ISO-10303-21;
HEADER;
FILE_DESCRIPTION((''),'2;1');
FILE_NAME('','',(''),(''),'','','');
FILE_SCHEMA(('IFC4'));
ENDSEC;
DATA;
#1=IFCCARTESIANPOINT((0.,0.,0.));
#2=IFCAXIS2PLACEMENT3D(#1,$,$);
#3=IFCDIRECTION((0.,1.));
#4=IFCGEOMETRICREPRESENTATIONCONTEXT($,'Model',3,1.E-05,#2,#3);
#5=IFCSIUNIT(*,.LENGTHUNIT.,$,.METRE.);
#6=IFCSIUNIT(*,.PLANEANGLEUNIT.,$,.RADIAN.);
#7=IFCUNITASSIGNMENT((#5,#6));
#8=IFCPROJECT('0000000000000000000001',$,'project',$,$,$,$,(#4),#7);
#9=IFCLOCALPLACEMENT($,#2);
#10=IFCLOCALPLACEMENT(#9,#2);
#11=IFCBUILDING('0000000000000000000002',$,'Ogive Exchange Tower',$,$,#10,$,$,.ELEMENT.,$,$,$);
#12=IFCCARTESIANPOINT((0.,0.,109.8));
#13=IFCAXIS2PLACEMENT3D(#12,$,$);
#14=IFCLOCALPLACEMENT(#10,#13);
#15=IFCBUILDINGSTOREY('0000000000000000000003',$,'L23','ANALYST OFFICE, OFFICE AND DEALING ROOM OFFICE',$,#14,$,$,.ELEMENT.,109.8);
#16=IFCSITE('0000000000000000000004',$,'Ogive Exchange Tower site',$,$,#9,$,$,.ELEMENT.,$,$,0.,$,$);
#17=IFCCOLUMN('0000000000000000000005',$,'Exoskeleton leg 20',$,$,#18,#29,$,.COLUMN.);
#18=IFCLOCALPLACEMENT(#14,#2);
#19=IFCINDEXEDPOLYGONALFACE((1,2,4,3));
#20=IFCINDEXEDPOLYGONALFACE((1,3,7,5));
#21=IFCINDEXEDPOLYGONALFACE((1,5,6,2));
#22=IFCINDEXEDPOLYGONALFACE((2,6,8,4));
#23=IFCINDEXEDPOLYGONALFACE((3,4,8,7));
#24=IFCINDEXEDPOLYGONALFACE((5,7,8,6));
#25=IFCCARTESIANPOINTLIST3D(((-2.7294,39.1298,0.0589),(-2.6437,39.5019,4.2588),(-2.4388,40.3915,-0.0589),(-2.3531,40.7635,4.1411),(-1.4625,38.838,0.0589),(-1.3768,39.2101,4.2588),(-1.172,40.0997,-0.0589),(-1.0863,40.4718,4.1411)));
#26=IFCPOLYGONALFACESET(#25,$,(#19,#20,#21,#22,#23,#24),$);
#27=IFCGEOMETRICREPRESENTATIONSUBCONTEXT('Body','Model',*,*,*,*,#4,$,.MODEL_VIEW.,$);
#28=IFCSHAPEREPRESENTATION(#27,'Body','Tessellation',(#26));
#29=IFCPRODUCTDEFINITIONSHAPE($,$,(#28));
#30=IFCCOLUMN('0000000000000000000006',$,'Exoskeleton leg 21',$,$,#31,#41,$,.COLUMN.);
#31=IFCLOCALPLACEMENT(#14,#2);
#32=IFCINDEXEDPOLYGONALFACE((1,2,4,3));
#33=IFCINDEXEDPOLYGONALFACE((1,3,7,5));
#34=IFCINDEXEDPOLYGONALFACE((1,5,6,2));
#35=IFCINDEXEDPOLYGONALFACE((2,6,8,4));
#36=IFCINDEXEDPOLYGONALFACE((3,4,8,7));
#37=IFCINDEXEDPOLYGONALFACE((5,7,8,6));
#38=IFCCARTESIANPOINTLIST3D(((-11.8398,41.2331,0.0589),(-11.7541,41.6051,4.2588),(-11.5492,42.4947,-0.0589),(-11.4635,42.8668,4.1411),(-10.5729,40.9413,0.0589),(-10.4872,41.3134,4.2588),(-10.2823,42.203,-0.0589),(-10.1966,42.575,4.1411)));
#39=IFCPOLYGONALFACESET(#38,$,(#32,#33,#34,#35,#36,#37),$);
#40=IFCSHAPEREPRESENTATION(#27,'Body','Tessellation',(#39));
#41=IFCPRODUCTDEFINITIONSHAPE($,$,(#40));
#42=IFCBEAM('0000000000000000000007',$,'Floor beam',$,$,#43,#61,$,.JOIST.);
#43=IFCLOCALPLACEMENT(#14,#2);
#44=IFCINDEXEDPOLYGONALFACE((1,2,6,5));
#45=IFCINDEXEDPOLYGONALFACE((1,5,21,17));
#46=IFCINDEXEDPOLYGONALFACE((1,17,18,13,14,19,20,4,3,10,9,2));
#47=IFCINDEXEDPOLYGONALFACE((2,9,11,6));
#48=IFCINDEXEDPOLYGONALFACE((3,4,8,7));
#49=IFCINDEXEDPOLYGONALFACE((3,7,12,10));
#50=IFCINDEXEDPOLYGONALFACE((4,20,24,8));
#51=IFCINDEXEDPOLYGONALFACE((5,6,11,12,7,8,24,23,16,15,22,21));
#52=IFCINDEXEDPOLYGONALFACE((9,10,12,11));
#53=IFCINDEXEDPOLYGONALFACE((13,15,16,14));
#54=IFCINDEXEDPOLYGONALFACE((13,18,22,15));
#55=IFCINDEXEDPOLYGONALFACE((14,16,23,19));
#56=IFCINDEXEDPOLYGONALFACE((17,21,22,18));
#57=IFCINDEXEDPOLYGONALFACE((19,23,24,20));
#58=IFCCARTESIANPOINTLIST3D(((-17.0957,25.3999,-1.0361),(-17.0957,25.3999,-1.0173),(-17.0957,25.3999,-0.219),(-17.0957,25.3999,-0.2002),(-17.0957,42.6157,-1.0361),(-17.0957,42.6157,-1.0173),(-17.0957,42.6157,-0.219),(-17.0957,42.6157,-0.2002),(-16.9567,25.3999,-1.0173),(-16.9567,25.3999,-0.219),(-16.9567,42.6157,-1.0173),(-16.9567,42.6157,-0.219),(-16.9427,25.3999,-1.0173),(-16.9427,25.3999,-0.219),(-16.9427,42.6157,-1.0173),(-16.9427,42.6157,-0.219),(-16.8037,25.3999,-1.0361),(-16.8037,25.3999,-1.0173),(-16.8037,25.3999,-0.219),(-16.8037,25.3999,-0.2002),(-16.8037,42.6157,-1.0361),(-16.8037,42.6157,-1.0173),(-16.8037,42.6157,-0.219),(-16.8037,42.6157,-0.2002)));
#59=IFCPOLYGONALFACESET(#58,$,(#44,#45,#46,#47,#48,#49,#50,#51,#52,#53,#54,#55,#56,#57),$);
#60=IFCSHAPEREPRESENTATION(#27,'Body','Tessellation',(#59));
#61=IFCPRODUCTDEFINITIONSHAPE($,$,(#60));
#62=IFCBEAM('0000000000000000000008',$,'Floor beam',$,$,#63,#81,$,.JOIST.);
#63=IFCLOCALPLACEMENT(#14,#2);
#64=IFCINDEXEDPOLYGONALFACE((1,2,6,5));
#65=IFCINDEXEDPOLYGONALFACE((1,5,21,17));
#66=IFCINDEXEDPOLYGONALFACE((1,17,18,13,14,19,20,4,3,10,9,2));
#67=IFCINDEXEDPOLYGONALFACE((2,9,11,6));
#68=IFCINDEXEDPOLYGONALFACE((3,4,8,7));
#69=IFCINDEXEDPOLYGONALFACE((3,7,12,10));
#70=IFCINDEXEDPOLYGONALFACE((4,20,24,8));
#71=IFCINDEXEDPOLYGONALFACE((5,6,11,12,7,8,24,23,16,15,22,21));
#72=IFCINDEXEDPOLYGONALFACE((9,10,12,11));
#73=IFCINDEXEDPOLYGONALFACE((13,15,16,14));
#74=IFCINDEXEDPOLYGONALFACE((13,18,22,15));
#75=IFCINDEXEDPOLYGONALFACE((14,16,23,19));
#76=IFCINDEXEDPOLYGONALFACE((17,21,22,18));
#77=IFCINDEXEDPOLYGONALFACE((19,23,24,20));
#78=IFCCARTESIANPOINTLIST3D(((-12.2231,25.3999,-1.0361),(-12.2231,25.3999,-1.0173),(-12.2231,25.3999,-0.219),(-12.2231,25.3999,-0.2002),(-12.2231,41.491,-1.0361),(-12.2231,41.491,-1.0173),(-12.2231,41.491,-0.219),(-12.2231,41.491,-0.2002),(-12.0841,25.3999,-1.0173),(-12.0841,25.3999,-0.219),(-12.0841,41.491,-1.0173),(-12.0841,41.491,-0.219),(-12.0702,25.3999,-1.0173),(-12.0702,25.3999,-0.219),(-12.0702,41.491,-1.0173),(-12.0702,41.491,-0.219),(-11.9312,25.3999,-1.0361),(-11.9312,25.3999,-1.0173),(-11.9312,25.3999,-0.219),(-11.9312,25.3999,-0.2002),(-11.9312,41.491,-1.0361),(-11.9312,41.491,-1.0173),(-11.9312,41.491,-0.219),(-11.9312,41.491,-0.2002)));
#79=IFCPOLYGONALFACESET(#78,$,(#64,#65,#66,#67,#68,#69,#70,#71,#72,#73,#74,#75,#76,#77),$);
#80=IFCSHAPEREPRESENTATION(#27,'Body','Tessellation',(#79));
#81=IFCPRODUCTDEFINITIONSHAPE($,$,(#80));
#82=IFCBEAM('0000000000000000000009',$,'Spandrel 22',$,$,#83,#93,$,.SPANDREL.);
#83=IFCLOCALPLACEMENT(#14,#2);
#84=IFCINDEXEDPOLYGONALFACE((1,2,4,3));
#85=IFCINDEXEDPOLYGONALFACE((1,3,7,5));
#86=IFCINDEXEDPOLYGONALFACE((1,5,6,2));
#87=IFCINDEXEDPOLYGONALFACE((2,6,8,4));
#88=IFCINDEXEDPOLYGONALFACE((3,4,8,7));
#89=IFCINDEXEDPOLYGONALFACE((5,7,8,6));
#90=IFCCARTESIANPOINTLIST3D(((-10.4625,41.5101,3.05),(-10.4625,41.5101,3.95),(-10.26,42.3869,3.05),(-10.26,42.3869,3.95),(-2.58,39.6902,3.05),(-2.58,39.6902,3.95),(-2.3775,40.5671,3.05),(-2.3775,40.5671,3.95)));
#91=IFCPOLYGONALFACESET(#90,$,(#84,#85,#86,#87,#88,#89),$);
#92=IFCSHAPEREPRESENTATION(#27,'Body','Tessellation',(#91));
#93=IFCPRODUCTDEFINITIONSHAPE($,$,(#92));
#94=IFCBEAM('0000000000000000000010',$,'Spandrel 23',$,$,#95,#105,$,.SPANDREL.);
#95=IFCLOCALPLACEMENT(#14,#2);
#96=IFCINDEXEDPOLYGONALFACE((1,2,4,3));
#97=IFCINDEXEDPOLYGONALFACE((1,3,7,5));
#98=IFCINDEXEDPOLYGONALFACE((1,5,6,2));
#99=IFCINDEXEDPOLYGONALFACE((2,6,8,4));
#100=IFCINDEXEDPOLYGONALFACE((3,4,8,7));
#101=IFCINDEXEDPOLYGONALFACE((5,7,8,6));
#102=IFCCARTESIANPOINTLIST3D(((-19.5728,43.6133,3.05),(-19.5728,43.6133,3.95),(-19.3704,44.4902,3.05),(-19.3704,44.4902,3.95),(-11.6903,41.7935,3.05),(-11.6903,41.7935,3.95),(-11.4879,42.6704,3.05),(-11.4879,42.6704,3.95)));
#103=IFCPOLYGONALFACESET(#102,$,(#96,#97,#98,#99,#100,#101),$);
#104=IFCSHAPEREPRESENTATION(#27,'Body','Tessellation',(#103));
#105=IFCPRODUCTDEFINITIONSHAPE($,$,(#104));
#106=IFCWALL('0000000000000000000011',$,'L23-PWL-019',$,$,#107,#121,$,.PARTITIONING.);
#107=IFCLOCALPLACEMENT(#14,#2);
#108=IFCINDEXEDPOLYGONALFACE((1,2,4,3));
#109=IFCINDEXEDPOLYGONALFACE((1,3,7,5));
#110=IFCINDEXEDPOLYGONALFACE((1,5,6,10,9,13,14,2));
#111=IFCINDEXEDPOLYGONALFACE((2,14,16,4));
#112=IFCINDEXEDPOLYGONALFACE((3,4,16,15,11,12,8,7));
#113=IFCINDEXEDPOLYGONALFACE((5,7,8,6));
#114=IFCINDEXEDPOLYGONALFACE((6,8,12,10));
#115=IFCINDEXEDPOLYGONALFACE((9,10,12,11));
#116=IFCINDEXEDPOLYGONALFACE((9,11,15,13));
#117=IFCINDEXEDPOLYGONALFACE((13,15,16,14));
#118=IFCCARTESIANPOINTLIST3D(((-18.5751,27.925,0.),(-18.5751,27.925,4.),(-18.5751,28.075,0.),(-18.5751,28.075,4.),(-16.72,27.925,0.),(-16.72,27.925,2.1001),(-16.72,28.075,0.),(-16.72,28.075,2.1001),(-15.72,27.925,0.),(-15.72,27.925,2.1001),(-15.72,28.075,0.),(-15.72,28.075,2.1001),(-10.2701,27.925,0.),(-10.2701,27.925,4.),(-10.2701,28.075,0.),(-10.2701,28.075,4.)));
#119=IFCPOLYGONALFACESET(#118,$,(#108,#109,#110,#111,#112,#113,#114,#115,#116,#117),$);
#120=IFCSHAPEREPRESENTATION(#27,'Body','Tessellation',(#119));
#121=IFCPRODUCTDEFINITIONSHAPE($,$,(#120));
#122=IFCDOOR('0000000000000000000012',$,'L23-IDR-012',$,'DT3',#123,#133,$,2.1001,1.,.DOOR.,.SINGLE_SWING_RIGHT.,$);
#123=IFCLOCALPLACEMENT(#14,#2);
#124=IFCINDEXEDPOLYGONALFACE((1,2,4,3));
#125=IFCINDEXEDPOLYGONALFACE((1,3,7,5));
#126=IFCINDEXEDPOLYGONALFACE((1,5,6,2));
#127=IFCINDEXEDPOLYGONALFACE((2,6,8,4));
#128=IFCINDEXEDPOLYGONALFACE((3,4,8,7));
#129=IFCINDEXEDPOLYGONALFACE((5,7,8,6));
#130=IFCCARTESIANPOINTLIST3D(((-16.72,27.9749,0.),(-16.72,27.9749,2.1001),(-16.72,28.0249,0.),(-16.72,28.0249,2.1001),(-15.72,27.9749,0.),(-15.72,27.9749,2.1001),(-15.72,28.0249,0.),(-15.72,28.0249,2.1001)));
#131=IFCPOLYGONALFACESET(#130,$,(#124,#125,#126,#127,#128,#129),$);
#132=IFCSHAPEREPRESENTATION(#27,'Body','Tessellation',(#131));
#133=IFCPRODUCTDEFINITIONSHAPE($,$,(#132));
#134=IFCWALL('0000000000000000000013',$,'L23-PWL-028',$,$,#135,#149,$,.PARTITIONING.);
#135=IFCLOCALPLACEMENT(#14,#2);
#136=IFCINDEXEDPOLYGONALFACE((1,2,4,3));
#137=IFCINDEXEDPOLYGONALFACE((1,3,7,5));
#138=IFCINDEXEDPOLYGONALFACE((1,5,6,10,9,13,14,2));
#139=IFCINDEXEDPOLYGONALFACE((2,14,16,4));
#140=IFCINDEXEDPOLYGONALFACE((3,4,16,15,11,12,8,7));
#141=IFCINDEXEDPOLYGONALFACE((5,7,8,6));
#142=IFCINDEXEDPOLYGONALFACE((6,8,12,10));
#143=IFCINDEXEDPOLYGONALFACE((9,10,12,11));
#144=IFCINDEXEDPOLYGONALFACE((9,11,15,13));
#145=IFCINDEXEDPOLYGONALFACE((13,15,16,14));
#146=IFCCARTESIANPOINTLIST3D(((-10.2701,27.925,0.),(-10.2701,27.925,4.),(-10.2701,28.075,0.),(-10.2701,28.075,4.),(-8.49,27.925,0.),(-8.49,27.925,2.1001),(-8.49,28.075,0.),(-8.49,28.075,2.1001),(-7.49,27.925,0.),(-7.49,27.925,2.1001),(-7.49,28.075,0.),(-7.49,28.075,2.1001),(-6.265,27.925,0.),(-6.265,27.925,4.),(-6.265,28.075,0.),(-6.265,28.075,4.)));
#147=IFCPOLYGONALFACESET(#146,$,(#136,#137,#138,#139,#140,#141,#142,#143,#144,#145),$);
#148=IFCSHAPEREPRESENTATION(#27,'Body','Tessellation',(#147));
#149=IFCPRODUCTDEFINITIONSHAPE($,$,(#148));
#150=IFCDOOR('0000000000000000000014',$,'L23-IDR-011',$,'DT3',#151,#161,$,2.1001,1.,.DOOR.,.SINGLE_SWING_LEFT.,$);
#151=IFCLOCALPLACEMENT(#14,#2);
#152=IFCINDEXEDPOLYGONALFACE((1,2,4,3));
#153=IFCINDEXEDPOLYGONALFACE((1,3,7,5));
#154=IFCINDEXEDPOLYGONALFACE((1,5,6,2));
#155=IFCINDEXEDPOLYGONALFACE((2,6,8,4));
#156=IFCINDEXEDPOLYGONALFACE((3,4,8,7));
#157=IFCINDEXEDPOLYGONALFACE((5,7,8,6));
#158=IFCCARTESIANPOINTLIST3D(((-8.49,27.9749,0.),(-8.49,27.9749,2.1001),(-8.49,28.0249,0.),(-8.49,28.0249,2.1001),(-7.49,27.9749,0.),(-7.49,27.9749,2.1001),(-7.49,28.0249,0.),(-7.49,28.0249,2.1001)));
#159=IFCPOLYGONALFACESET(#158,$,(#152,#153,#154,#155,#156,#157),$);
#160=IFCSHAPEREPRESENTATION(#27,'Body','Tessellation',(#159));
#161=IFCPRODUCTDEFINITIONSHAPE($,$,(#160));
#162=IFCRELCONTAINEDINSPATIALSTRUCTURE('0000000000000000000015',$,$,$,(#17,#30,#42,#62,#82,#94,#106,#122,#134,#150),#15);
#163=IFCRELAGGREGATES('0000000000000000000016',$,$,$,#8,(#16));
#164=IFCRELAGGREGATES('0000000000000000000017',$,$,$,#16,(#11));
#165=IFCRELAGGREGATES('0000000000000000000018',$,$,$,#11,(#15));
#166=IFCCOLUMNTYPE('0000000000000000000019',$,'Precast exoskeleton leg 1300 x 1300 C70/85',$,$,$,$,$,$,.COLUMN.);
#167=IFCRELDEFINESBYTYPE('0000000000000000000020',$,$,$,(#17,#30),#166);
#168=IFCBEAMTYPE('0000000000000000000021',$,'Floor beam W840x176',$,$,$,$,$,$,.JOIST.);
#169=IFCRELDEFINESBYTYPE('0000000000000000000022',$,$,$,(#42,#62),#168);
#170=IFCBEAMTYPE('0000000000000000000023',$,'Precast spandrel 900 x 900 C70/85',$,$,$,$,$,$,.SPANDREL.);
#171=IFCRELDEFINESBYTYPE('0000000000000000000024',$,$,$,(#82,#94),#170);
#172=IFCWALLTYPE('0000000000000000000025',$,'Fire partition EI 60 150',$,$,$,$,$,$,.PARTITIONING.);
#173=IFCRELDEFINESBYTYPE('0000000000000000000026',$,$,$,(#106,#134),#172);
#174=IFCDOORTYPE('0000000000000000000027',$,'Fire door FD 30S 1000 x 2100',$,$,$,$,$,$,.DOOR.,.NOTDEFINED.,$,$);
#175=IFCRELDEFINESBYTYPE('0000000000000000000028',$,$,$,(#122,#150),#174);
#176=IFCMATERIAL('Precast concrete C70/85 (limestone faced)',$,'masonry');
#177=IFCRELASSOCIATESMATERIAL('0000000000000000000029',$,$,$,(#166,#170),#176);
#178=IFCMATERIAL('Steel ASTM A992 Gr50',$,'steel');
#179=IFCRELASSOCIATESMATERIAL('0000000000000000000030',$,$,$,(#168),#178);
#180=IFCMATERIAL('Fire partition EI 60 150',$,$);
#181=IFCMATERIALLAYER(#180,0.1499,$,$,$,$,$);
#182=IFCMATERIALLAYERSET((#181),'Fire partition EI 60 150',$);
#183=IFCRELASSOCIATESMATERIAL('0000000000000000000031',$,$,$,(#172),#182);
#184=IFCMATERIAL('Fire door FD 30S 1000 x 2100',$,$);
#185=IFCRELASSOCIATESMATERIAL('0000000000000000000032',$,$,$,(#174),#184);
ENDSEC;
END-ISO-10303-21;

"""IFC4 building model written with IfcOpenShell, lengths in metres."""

from ifc_helpers import new_model, si_unit, direction, frame, frame_2d, origin, origin_2d, place, context, subcontext, project, spatial, rectangle, i_section, extrude, material, layer, layer_set, material_profile, profile_set, type_object, element, fill, save


model = new_model("IFC4")

# Units and contexts
model_context = context("Model", 3, precision=1e-05, world=origin(), true_north=direction((0.0, 1.0)))
body_context = subcontext(model_context, "Body", "Model", "MODEL_VIEW")
ifc_project = project(units=[si_unit("LENGTHUNIT", "METRE"), si_unit("PLANEANGLEUNIT", "RADIAN")], contexts=[model_context])

# Site, building, storey
site_placement = place(None, origin())
site = spatial("IfcSite", under=ifc_project, at=site_placement, Name="Ogive Exchange Tower site", CompositionType="ELEMENT", RefElevation=0.0)
building_placement = place(site_placement, origin())
building = spatial("IfcBuilding", under=site, at=building_placement, Name="Ogive Exchange Tower", CompositionType="ELEMENT")
storey_placement = place(building_placement, frame((0.0, 0.0, 109.8)))
storey = spatial("IfcBuildingStorey", under=building, at=storey_placement, Name="L23", Description="ANALYST OFFICE, OFFICE AND DEALING ROOM OFFICE", CompositionType="ELEMENT", Elevation=109.8)

# Columns
ifc_material_1 = material(Name="Precast concrete C70/85 (limestone faced)", Category="masonry")
ifc_material_profile_1 = material_profile(ifc_material_1, rectangle(XDim=1.3, YDim=1.3, at=origin_2d()), Name="1300 x 1300")
ifc_profile_set_1 = profile_set([ifc_material_profile_1], Name="Precast concrete C70/85 (limestone faced)")
column_type = type_object("IfcColumnType", Name="Precast exoskeleton leg 1300 x 1300 C70/85", PredefinedType="COLUMN", material=ifc_profile_set_1)
for number, where, z_axis, x_axis, name in (
    (1, (-1.9507, 39.6147, 0.0), (0.02032, 0.088225, 0.995893), (-0.974488, 0.224439, 0.0), "Exoskeleton leg 20"),
    (2, (-11.061, 41.718, 0.0), (0.02032, 0.088225, 0.995893), (-0.974488, 0.224439, 0.0), "Exoskeleton leg 21"),
):
    element("IfcColumn", number, at=place(storey_placement, frame(where, z_axis=z_axis, x_axis=x_axis)), inside=storey, type_object=column_type, Name=name, PredefinedType="COLUMN", context=body_context, shape_type="SweptSolid", body=[
        extrude(rectangle(XDim=1.3, YDim=1.3, at=origin_2d()), origin(), (0.0, 0.0, 1.0), 4.2173),
    ])

# Beams
ifc_material_2 = material(Name="Steel ASTM A992 Gr50", Category="steel")
ifc_material_profile_2 = material_profile(ifc_material_2, i_section(OverallWidth=0.292, OverallDepth=0.8359, WebThickness=0.0139, FlangeThickness=0.0188, at=origin_2d()), Name="W840x176")
ifc_profile_set_2 = profile_set([ifc_material_profile_2], Name="Steel ASTM A992 Gr50")
beam_type_1 = type_object("IfcBeamType", Name="Floor beam W840x176", PredefinedType="JOIST", material=ifc_profile_set_2)
beam_1_placement = place(storey_placement, frame((-16.9497, 25.3999, -0.6182), z_axis=(0.0, 1.0, 0.0), x_axis=(-1.0, 0.0, 0.0)))
element("IfcBeam", 3, at=beam_1_placement, inside=storey, type_object=beam_type_1, Name="Floor beam", PredefinedType="JOIST", context=body_context, shape_type="SweptSolid", body=[
    extrude(i_section(OverallWidth=0.292, OverallDepth=0.8359, WebThickness=0.0139, FlangeThickness=0.0188, at=origin_2d()), origin(), (0.0, 0.0, 1.0), 17.2158),
])
beam_2_placement = place(storey_placement, frame((-12.0771, 25.3999, -0.6182), z_axis=(0.0, 1.0, 0.0), x_axis=(-1.0, 0.0, 0.0)))
element("IfcBeam", 4, at=beam_2_placement, inside=storey, type_object=beam_type_1, Name="Floor beam", PredefinedType="JOIST", context=body_context, shape_type="SweptSolid", body=[
    extrude(i_section(OverallWidth=0.292, OverallDepth=0.8359, WebThickness=0.0139, FlangeThickness=0.0188, at=origin_2d()), origin(), (0.0, 0.0, 1.0), 16.0911),
])
ifc_material_profile_3 = material_profile(ifc_material_1, rectangle(XDim=0.8999, YDim=0.8999, at=origin_2d()), Name="900 x 900")
ifc_profile_set_3 = profile_set([ifc_material_profile_3], Name="Precast concrete C70/85 (limestone faced)")
beam_type_2 = type_object("IfcBeamType", Name="Precast spandrel 900 x 900 C70/85", PredefinedType="SPANDREL", material=ifc_profile_set_3)
for number, where, z_axis, x_axis, name in (
    (5, (-2.4788, 40.1287, 3.5), (-0.97437, 0.22495, 0.0), (-0.22495, -0.97437, 0.0), "Spandrel 22"),
    (6, (-11.5891, 42.2319, 3.5), (-0.97437, 0.22495, 0.0), (-0.22495, -0.97437, 0.0), "Spandrel 23"),
):
    element("IfcBeam", number, at=place(storey_placement, frame(where, z_axis=z_axis, x_axis=x_axis)), inside=storey, type_object=beam_type_2, Name=name, PredefinedType="SPANDREL", context=body_context, shape_type="SweptSolid", body=[
        extrude(rectangle(XDim=0.8999, YDim=0.8999, at=origin_2d()), origin(), (0.0, 0.0, 1.0), 8.0898),
    ])

# Walls, openings, doors
ifc_material_3 = material(Name="Fire partition EI 60 150")
ifc_layer_1 = layer(ifc_material_3, 0.1499)
ifc_layer_set_1 = layer_set([ifc_layer_1], Name="Fire partition EI 60 150")
wall_type_1 = type_object("IfcWallType", Name="Fire partition EI 60 150", PredefinedType="PARTITIONING", material=ifc_layer_set_1)
wall_1_placement = place(storey_placement, frame((-18.575, 28.0, 0.0), z_axis=(0.0, 0.0, 1.0), x_axis=(1.0, 0.0, 0.0)))
wall_1 = element("IfcWall", 7, at=wall_1_placement, inside=storey, type_object=wall_type_1, Name="L23-PWL-019", PredefinedType="PARTITIONING", context=body_context, shape_type="SweptSolid", body=[
    extrude(rectangle(XDim=8.3049, YDim=0.1499, at=frame_2d((4.1523, 0.0))), origin(), (0.0, 0.0, 1.0), 4.0),
])
opening_1_placement = place(wall_1_placement, frame((1.855, 0.0, 0.0)))
opening_1 = element("IfcOpeningElement", 8, at=opening_1_placement, cuts=wall_1, PredefinedType="OPENING", context=body_context, shape_type="SweptSolid", body=[
    extrude(rectangle(XDim=1.0, YDim=2.1001, at=frame_2d((0.5, 1.05))), frame((0.0, 0.085, 0.0), z_axis=(0.0, -1.0, 0.0), x_axis=(1.0, 0.0, 0.0)), (0.0, 0.0, 1.0), 0.1699),
])
ifc_material_4 = material(Name="Fire door FD 30S 1000 x 2100")
door_type_1 = type_object("IfcDoorType", Name="Fire door FD 30S 1000 x 2100", OperationType="NOTDEFINED", PredefinedType="DOOR", material=ifc_material_4)
door_1_placement = place(opening_1_placement, origin())
door_1 = element("IfcDoor", 9, at=door_1_placement, inside=storey, type_object=door_type_1, Name="L23-IDR-012", ObjectType="DT3", OperationType="SINGLE_SWING_RIGHT", OverallHeight=2.1001, OverallWidth=1.0, PredefinedType="DOOR", context=body_context, shape_type="SweptSolid", body=[
    extrude(rectangle(XDim=1.0, YDim=2.1001, at=frame_2d((0.5, 1.05))), frame((0.0, 0.0249, 0.0), z_axis=(0.0, -1.0, 0.0), x_axis=(1.0, 0.0, 0.0)), (0.0, 0.0, 1.0), 0.05),
])
fill(opening_1, door_1)
wall_2_placement = place(storey_placement, frame((-10.27, 28.0, 0.0), z_axis=(0.0, 0.0, 1.0), x_axis=(1.0, 0.0, 0.0)))
wall_2 = element("IfcWall", 10, at=wall_2_placement, inside=storey, type_object=wall_type_1, Name="L23-PWL-028", PredefinedType="PARTITIONING", context=body_context, shape_type="SweptSolid", body=[
    extrude(rectangle(XDim=4.0051, YDim=0.1499, at=frame_2d((2.0024, 0.0))), origin(), (0.0, 0.0, 1.0), 4.0),
])
opening_2_placement = place(wall_2_placement, frame((1.78, 0.0, 0.0)))
opening_2 = element("IfcOpeningElement", 11, at=opening_2_placement, cuts=wall_2, PredefinedType="OPENING", context=body_context, shape_type="SweptSolid", body=[
    extrude(rectangle(XDim=1.0, YDim=2.1001, at=frame_2d((0.5, 1.05))), frame((0.0, 0.085, 0.0), z_axis=(0.0, -1.0, 0.0), x_axis=(1.0, 0.0, 0.0)), (0.0, 0.0, 1.0), 0.1699),
])
door_2_placement = place(opening_2_placement, origin())
door_2 = element("IfcDoor", 12, at=door_2_placement, inside=storey, type_object=door_type_1, Name="L23-IDR-011", ObjectType="DT3", OperationType="SINGLE_SWING_LEFT", OverallHeight=2.1001, OverallWidth=1.0, PredefinedType="DOOR", context=body_context, shape_type="SweptSolid", body=[
    extrude(rectangle(XDim=1.0, YDim=2.1001, at=frame_2d((0.5, 1.05))), frame((0.0, 0.0249, 0.0), z_axis=(0.0, -1.0, 0.0), x_axis=(1.0, 0.0, 0.0)), (0.0, 0.0, 1.0), 0.05),
])
fill(opening_2, door_2)

save(model, "model.ifc")
